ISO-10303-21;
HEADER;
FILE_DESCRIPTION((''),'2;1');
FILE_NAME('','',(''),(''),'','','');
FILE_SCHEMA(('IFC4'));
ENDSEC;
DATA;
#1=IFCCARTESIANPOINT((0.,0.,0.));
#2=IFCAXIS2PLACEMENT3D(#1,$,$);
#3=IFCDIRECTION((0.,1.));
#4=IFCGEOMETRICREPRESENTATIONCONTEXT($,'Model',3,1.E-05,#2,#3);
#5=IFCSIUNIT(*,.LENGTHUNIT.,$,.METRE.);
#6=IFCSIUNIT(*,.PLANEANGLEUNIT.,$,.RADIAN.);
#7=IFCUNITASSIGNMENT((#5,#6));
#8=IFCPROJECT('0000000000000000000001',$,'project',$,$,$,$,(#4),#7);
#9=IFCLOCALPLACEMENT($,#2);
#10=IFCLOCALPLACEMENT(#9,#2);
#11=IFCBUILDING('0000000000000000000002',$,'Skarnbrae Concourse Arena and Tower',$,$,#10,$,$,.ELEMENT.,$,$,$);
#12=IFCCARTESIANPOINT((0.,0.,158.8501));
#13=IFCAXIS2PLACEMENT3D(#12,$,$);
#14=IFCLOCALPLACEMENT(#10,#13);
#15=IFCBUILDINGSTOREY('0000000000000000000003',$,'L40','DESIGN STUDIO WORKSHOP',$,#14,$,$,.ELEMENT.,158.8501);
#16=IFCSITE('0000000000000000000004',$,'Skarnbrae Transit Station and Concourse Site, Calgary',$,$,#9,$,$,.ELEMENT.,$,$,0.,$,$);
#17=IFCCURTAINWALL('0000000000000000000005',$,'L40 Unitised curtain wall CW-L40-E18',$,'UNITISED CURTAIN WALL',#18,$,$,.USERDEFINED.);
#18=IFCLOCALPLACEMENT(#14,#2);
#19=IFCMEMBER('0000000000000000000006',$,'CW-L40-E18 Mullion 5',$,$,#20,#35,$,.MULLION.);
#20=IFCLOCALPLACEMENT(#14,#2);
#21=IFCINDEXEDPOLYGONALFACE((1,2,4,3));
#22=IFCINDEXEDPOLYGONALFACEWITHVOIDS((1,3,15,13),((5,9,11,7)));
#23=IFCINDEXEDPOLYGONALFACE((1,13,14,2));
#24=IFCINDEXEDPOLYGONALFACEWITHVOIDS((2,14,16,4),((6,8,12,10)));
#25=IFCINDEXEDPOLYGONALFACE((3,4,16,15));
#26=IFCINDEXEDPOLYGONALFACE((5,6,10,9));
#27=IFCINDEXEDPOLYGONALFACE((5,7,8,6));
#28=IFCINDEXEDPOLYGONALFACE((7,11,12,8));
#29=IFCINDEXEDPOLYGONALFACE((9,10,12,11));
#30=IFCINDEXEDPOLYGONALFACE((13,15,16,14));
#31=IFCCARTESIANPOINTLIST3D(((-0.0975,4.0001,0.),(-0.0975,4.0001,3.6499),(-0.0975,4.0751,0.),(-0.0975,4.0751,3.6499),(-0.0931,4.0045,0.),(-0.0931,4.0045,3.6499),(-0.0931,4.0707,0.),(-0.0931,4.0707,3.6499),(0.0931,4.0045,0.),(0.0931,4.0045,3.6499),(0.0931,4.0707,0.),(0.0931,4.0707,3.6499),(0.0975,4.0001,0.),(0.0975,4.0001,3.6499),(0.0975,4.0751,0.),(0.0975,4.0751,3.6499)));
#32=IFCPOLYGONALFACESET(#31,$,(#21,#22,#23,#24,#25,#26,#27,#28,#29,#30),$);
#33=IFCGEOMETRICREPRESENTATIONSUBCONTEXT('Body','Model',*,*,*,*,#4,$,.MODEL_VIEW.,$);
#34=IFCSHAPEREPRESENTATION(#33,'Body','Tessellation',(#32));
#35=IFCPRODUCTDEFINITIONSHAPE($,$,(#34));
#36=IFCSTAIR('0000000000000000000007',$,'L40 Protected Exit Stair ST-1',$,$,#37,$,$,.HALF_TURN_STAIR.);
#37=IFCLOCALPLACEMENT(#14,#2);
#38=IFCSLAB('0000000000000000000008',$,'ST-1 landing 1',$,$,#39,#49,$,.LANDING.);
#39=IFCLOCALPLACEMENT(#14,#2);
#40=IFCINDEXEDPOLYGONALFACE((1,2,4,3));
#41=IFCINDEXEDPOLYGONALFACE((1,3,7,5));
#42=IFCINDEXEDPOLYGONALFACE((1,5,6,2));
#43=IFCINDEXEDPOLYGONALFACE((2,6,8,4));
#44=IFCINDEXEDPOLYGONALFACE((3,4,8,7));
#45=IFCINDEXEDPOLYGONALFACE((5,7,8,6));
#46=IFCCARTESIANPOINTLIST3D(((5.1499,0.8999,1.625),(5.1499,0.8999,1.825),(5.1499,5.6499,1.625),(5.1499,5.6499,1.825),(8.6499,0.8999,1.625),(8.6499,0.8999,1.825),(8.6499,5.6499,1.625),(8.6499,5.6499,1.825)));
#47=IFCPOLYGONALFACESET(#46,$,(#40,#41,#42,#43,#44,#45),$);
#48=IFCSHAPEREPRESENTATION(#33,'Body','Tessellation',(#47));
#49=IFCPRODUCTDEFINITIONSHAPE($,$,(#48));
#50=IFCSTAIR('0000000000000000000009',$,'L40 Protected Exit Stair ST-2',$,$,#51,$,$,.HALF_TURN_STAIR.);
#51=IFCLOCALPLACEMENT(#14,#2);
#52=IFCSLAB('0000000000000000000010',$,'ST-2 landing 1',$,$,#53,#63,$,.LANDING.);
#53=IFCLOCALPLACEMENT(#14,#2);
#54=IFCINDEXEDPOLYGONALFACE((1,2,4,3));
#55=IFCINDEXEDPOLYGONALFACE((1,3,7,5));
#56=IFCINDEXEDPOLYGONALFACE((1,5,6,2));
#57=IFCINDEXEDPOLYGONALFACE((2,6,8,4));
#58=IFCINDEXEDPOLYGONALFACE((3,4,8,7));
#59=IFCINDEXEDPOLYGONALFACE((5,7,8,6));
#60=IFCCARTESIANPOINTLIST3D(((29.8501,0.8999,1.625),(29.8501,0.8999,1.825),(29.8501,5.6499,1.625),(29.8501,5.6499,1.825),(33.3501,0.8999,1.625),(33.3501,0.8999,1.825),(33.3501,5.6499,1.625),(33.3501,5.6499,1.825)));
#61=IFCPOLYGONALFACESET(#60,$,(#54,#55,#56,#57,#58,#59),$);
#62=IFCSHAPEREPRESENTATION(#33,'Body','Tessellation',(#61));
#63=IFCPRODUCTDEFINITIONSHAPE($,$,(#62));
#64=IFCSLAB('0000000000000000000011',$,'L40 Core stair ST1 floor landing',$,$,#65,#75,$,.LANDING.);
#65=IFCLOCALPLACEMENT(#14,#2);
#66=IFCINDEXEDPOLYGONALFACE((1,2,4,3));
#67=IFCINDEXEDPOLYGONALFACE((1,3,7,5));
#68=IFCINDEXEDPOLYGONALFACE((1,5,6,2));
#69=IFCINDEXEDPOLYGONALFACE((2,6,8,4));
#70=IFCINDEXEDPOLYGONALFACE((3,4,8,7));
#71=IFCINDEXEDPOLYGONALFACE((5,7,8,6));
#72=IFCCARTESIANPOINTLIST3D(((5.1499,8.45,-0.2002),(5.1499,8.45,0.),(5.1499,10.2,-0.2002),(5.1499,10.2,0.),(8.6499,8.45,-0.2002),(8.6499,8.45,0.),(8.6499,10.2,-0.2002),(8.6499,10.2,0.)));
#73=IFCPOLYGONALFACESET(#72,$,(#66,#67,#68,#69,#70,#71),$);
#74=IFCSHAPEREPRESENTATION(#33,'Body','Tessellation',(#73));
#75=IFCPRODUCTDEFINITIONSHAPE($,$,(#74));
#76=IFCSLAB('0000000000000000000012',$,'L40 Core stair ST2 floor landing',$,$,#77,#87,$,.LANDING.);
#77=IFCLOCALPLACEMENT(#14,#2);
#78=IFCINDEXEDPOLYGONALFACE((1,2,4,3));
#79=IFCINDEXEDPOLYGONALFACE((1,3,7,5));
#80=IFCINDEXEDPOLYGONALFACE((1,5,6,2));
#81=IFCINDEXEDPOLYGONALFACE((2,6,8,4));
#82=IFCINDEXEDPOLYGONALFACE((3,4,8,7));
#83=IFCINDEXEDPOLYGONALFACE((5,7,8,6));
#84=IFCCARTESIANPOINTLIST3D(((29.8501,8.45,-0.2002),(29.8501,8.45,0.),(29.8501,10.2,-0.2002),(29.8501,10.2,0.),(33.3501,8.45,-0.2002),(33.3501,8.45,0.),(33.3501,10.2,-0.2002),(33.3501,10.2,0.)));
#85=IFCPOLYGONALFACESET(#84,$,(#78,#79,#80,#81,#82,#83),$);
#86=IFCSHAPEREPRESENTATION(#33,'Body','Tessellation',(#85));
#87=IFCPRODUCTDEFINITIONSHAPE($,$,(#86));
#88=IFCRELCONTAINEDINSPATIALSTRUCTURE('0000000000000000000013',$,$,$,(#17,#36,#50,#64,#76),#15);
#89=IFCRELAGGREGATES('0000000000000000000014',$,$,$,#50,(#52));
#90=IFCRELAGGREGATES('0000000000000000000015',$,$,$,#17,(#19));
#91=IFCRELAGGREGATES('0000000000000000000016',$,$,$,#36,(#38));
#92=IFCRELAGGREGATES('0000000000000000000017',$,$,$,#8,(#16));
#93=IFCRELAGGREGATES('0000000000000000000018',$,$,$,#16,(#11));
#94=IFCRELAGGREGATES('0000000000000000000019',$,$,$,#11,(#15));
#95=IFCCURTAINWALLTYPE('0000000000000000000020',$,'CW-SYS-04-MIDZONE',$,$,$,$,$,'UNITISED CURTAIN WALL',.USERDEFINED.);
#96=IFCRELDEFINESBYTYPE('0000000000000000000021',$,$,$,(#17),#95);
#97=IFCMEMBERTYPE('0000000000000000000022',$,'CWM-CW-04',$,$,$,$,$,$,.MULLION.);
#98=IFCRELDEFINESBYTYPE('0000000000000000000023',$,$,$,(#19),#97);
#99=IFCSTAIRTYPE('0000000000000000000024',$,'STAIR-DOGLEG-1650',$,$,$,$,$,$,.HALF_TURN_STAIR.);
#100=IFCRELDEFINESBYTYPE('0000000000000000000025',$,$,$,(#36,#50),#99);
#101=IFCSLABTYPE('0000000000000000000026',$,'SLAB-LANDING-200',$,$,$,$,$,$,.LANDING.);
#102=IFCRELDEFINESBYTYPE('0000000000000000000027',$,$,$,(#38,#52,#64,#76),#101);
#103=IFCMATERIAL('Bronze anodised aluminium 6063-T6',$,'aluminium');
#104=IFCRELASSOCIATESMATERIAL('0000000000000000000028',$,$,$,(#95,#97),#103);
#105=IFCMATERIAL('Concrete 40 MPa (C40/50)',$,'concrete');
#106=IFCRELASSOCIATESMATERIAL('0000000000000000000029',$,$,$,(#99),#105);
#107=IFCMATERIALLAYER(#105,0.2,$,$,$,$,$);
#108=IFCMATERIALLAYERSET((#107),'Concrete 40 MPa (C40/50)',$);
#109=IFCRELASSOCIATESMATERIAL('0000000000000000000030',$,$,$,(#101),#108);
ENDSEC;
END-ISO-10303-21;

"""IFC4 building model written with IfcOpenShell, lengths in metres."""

from ifc_helpers import new_model, si_unit, direction, frame, origin, origin_2d, place, context, subcontext, project, spatial, polyline, hollow_rectangle, outline, extrude, source, transform, mapped, material, layer, layer_set, material_profile, profile_set, type_object, element, aggregate, save


model = new_model("IFC4")

# Units and contexts
model_context = context("Model", 3, precision=1e-05, world=origin(), true_north=direction((0.0, 1.0)))
body_context = subcontext(model_context, "Body", "Model", "MODEL_VIEW")
ifc_project = project(units=[si_unit("LENGTHUNIT", "METRE"), si_unit("PLANEANGLEUNIT", "RADIAN")], contexts=[model_context])

# Site, building, storey
site_placement = place(None, origin())
site = spatial("IfcSite", under=ifc_project, at=site_placement, Name="Skarnbrae Transit Station and Concourse Site, Calgary", CompositionType="ELEMENT", RefElevation=0.0)
building_placement = place(site_placement, origin())
building = spatial("IfcBuilding", under=site, at=building_placement, Name="Skarnbrae Concourse Arena and Tower", CompositionType="ELEMENT")
storey_placement = place(building_placement, frame((0.0, 0.0, 158.8501)))
storey = spatial("IfcBuildingStorey", under=building, at=storey_placement, Name="L40", Description="DESIGN STUDIO WORKSHOP", CompositionType="ELEMENT", Elevation=158.8501)

# Curtain wall, member
ifc_material_1 = material(Name="Bronze anodised aluminium 6063-T6", Category="aluminium")
curtain_wall_type = type_object("IfcCurtainWallType", Name="CW-SYS-04-MIDZONE", ElementType="UNITISED CURTAIN WALL", PredefinedType="USERDEFINED", material=ifc_material_1)
curtain_wall_placement = place(storey_placement, origin())
curtain_wall = element("IfcCurtainWall", 1, at=curtain_wall_placement, inside=storey, type_object=curtain_wall_type, Name="L40 Unitised curtain wall CW-L40-E18", ObjectType="UNITISED CURTAIN WALL", PredefinedType="USERDEFINED")
ifc_material_profile = material_profile(ifc_material_1, hollow_rectangle(XDim=0.075, YDim=0.1951, WallThickness=0.0044, at=origin_2d()), Name="ALU-MULL-75X195")
ifc_profile_set = profile_set([ifc_material_profile], Name="Bronze anodised aluminium 6063-T6")
member_type = type_object("IfcMemberType", Name="CWM-CW-04", PredefinedType="MULLION", material=ifc_profile_set)
shared_shape_1 = source(origin(), body_context, "Body", "SweptSolid", [
    extrude(hollow_rectangle(XDim=0.075, YDim=0.1951, WallThickness=0.0044, at=origin_2d()), origin(), (0.0, 0.0, 1.0), 3.6499),
])
member_placement = place(storey_placement, frame((0.0, 4.0376, 0.0), z_axis=(0.0, 0.0, 1.0), x_axis=(0.0, -1.0, 0.0)))
member = element("IfcMember", 2, at=member_placement, type_object=member_type, Name="CW-L40-E18 Mullion 5", PredefinedType="MULLION", context=body_context, shape_type="MappedRepresentation", body=[
    mapped(shared_shape_1, transform((0.0, 0.0, 0.0))),
])

# Stairs, slabs
ifc_material_2 = material(Name="Concrete 40 MPa (C40/50)", Category="concrete")
stair_type = type_object("IfcStairType", Name="STAIR-DOGLEG-1650", PredefinedType="HALF_TURN_STAIR", material=ifc_material_2)
stair_1_placement = place(storey_placement, origin())
stair_1 = element("IfcStair", 3, at=stair_1_placement, inside=storey, type_object=stair_type, Name="L40 Protected Exit Stair ST-1", PredefinedType="HALF_TURN_STAIR")
ifc_layer_1 = layer(ifc_material_2, 0.2)
ifc_layer_set_1 = layer_set([ifc_layer_1], Name="Concrete 40 MPa (C40/50)")
slab_type_1 = type_object("IfcSlabType", Name="SLAB-LANDING-200", PredefinedType="LANDING", material=ifc_layer_set_1)
slab_1_placement = place(storey_placement, frame((0.0, 0.0, 1.625)))
slab_1 = element("IfcSlab", 4, at=slab_1_placement, type_object=slab_type_1, Name="ST-1 landing 1", PredefinedType="LANDING", context=body_context, shape_type="SweptSolid", body=[
    extrude(outline(polyline([(5.1499, 5.6499), (5.1499, 0.8999), (8.6499, 0.8999), (8.6499, 5.6499), (5.1499, 5.6499)])), origin(), (0.0, 0.0, 1.0), 0.2),
])
stair_2_placement = place(storey_placement, origin())
stair_2 = element("IfcStair", 5, at=stair_2_placement, inside=storey, type_object=stair_type, Name="L40 Protected Exit Stair ST-2", PredefinedType="HALF_TURN_STAIR")
slab_2_placement = place(storey_placement, frame((0.0, 0.0, 1.625)))
slab_2 = element("IfcSlab", 6, at=slab_2_placement, type_object=slab_type_1, Name="ST-2 landing 1", PredefinedType="LANDING", context=body_context, shape_type="SweptSolid", body=[
    extrude(outline(polyline([(29.8501, 5.6499), (29.8501, 0.8999), (33.3501, 0.8999), (33.3501, 5.6499), (29.8501, 5.6499)])), origin(), (0.0, 0.0, 1.0), 0.2),
])
aggregate(stair_2, [slab_2])

# Slabs
slab_3_placement = place(storey_placement, frame((0.0, 0.0, -0.2002)))
element("IfcSlab", 7, at=slab_3_placement, inside=storey, type_object=slab_type_1, Name="L40 Core stair ST1 floor landing", PredefinedType="LANDING", context=body_context, shape_type="SweptSolid", body=[
    extrude(outline(polyline([(5.1499, 10.2), (5.1499, 8.45), (8.6499, 8.45), (8.6499, 10.2), (5.1499, 10.2)])), origin(), (0.0, 0.0, 1.0), 0.2002),
])
slab_4_placement = place(storey_placement, frame((0.0, 0.0, -0.2002)))
element("IfcSlab", 8, at=slab_4_placement, inside=storey, type_object=slab_type_1, Name="L40 Core stair ST2 floor landing", PredefinedType="LANDING", context=body_context, shape_type="SweptSolid", body=[
    extrude(outline(polyline([(29.8501, 10.2), (29.8501, 8.45), (33.3501, 8.45), (33.3501, 10.2), (29.8501, 10.2)])), origin(), (0.0, 0.0, 1.0), 0.2002),
])

aggregate(curtain_wall, [member])

aggregate(stair_1, [slab_1])

save(model, "model.ifc")
